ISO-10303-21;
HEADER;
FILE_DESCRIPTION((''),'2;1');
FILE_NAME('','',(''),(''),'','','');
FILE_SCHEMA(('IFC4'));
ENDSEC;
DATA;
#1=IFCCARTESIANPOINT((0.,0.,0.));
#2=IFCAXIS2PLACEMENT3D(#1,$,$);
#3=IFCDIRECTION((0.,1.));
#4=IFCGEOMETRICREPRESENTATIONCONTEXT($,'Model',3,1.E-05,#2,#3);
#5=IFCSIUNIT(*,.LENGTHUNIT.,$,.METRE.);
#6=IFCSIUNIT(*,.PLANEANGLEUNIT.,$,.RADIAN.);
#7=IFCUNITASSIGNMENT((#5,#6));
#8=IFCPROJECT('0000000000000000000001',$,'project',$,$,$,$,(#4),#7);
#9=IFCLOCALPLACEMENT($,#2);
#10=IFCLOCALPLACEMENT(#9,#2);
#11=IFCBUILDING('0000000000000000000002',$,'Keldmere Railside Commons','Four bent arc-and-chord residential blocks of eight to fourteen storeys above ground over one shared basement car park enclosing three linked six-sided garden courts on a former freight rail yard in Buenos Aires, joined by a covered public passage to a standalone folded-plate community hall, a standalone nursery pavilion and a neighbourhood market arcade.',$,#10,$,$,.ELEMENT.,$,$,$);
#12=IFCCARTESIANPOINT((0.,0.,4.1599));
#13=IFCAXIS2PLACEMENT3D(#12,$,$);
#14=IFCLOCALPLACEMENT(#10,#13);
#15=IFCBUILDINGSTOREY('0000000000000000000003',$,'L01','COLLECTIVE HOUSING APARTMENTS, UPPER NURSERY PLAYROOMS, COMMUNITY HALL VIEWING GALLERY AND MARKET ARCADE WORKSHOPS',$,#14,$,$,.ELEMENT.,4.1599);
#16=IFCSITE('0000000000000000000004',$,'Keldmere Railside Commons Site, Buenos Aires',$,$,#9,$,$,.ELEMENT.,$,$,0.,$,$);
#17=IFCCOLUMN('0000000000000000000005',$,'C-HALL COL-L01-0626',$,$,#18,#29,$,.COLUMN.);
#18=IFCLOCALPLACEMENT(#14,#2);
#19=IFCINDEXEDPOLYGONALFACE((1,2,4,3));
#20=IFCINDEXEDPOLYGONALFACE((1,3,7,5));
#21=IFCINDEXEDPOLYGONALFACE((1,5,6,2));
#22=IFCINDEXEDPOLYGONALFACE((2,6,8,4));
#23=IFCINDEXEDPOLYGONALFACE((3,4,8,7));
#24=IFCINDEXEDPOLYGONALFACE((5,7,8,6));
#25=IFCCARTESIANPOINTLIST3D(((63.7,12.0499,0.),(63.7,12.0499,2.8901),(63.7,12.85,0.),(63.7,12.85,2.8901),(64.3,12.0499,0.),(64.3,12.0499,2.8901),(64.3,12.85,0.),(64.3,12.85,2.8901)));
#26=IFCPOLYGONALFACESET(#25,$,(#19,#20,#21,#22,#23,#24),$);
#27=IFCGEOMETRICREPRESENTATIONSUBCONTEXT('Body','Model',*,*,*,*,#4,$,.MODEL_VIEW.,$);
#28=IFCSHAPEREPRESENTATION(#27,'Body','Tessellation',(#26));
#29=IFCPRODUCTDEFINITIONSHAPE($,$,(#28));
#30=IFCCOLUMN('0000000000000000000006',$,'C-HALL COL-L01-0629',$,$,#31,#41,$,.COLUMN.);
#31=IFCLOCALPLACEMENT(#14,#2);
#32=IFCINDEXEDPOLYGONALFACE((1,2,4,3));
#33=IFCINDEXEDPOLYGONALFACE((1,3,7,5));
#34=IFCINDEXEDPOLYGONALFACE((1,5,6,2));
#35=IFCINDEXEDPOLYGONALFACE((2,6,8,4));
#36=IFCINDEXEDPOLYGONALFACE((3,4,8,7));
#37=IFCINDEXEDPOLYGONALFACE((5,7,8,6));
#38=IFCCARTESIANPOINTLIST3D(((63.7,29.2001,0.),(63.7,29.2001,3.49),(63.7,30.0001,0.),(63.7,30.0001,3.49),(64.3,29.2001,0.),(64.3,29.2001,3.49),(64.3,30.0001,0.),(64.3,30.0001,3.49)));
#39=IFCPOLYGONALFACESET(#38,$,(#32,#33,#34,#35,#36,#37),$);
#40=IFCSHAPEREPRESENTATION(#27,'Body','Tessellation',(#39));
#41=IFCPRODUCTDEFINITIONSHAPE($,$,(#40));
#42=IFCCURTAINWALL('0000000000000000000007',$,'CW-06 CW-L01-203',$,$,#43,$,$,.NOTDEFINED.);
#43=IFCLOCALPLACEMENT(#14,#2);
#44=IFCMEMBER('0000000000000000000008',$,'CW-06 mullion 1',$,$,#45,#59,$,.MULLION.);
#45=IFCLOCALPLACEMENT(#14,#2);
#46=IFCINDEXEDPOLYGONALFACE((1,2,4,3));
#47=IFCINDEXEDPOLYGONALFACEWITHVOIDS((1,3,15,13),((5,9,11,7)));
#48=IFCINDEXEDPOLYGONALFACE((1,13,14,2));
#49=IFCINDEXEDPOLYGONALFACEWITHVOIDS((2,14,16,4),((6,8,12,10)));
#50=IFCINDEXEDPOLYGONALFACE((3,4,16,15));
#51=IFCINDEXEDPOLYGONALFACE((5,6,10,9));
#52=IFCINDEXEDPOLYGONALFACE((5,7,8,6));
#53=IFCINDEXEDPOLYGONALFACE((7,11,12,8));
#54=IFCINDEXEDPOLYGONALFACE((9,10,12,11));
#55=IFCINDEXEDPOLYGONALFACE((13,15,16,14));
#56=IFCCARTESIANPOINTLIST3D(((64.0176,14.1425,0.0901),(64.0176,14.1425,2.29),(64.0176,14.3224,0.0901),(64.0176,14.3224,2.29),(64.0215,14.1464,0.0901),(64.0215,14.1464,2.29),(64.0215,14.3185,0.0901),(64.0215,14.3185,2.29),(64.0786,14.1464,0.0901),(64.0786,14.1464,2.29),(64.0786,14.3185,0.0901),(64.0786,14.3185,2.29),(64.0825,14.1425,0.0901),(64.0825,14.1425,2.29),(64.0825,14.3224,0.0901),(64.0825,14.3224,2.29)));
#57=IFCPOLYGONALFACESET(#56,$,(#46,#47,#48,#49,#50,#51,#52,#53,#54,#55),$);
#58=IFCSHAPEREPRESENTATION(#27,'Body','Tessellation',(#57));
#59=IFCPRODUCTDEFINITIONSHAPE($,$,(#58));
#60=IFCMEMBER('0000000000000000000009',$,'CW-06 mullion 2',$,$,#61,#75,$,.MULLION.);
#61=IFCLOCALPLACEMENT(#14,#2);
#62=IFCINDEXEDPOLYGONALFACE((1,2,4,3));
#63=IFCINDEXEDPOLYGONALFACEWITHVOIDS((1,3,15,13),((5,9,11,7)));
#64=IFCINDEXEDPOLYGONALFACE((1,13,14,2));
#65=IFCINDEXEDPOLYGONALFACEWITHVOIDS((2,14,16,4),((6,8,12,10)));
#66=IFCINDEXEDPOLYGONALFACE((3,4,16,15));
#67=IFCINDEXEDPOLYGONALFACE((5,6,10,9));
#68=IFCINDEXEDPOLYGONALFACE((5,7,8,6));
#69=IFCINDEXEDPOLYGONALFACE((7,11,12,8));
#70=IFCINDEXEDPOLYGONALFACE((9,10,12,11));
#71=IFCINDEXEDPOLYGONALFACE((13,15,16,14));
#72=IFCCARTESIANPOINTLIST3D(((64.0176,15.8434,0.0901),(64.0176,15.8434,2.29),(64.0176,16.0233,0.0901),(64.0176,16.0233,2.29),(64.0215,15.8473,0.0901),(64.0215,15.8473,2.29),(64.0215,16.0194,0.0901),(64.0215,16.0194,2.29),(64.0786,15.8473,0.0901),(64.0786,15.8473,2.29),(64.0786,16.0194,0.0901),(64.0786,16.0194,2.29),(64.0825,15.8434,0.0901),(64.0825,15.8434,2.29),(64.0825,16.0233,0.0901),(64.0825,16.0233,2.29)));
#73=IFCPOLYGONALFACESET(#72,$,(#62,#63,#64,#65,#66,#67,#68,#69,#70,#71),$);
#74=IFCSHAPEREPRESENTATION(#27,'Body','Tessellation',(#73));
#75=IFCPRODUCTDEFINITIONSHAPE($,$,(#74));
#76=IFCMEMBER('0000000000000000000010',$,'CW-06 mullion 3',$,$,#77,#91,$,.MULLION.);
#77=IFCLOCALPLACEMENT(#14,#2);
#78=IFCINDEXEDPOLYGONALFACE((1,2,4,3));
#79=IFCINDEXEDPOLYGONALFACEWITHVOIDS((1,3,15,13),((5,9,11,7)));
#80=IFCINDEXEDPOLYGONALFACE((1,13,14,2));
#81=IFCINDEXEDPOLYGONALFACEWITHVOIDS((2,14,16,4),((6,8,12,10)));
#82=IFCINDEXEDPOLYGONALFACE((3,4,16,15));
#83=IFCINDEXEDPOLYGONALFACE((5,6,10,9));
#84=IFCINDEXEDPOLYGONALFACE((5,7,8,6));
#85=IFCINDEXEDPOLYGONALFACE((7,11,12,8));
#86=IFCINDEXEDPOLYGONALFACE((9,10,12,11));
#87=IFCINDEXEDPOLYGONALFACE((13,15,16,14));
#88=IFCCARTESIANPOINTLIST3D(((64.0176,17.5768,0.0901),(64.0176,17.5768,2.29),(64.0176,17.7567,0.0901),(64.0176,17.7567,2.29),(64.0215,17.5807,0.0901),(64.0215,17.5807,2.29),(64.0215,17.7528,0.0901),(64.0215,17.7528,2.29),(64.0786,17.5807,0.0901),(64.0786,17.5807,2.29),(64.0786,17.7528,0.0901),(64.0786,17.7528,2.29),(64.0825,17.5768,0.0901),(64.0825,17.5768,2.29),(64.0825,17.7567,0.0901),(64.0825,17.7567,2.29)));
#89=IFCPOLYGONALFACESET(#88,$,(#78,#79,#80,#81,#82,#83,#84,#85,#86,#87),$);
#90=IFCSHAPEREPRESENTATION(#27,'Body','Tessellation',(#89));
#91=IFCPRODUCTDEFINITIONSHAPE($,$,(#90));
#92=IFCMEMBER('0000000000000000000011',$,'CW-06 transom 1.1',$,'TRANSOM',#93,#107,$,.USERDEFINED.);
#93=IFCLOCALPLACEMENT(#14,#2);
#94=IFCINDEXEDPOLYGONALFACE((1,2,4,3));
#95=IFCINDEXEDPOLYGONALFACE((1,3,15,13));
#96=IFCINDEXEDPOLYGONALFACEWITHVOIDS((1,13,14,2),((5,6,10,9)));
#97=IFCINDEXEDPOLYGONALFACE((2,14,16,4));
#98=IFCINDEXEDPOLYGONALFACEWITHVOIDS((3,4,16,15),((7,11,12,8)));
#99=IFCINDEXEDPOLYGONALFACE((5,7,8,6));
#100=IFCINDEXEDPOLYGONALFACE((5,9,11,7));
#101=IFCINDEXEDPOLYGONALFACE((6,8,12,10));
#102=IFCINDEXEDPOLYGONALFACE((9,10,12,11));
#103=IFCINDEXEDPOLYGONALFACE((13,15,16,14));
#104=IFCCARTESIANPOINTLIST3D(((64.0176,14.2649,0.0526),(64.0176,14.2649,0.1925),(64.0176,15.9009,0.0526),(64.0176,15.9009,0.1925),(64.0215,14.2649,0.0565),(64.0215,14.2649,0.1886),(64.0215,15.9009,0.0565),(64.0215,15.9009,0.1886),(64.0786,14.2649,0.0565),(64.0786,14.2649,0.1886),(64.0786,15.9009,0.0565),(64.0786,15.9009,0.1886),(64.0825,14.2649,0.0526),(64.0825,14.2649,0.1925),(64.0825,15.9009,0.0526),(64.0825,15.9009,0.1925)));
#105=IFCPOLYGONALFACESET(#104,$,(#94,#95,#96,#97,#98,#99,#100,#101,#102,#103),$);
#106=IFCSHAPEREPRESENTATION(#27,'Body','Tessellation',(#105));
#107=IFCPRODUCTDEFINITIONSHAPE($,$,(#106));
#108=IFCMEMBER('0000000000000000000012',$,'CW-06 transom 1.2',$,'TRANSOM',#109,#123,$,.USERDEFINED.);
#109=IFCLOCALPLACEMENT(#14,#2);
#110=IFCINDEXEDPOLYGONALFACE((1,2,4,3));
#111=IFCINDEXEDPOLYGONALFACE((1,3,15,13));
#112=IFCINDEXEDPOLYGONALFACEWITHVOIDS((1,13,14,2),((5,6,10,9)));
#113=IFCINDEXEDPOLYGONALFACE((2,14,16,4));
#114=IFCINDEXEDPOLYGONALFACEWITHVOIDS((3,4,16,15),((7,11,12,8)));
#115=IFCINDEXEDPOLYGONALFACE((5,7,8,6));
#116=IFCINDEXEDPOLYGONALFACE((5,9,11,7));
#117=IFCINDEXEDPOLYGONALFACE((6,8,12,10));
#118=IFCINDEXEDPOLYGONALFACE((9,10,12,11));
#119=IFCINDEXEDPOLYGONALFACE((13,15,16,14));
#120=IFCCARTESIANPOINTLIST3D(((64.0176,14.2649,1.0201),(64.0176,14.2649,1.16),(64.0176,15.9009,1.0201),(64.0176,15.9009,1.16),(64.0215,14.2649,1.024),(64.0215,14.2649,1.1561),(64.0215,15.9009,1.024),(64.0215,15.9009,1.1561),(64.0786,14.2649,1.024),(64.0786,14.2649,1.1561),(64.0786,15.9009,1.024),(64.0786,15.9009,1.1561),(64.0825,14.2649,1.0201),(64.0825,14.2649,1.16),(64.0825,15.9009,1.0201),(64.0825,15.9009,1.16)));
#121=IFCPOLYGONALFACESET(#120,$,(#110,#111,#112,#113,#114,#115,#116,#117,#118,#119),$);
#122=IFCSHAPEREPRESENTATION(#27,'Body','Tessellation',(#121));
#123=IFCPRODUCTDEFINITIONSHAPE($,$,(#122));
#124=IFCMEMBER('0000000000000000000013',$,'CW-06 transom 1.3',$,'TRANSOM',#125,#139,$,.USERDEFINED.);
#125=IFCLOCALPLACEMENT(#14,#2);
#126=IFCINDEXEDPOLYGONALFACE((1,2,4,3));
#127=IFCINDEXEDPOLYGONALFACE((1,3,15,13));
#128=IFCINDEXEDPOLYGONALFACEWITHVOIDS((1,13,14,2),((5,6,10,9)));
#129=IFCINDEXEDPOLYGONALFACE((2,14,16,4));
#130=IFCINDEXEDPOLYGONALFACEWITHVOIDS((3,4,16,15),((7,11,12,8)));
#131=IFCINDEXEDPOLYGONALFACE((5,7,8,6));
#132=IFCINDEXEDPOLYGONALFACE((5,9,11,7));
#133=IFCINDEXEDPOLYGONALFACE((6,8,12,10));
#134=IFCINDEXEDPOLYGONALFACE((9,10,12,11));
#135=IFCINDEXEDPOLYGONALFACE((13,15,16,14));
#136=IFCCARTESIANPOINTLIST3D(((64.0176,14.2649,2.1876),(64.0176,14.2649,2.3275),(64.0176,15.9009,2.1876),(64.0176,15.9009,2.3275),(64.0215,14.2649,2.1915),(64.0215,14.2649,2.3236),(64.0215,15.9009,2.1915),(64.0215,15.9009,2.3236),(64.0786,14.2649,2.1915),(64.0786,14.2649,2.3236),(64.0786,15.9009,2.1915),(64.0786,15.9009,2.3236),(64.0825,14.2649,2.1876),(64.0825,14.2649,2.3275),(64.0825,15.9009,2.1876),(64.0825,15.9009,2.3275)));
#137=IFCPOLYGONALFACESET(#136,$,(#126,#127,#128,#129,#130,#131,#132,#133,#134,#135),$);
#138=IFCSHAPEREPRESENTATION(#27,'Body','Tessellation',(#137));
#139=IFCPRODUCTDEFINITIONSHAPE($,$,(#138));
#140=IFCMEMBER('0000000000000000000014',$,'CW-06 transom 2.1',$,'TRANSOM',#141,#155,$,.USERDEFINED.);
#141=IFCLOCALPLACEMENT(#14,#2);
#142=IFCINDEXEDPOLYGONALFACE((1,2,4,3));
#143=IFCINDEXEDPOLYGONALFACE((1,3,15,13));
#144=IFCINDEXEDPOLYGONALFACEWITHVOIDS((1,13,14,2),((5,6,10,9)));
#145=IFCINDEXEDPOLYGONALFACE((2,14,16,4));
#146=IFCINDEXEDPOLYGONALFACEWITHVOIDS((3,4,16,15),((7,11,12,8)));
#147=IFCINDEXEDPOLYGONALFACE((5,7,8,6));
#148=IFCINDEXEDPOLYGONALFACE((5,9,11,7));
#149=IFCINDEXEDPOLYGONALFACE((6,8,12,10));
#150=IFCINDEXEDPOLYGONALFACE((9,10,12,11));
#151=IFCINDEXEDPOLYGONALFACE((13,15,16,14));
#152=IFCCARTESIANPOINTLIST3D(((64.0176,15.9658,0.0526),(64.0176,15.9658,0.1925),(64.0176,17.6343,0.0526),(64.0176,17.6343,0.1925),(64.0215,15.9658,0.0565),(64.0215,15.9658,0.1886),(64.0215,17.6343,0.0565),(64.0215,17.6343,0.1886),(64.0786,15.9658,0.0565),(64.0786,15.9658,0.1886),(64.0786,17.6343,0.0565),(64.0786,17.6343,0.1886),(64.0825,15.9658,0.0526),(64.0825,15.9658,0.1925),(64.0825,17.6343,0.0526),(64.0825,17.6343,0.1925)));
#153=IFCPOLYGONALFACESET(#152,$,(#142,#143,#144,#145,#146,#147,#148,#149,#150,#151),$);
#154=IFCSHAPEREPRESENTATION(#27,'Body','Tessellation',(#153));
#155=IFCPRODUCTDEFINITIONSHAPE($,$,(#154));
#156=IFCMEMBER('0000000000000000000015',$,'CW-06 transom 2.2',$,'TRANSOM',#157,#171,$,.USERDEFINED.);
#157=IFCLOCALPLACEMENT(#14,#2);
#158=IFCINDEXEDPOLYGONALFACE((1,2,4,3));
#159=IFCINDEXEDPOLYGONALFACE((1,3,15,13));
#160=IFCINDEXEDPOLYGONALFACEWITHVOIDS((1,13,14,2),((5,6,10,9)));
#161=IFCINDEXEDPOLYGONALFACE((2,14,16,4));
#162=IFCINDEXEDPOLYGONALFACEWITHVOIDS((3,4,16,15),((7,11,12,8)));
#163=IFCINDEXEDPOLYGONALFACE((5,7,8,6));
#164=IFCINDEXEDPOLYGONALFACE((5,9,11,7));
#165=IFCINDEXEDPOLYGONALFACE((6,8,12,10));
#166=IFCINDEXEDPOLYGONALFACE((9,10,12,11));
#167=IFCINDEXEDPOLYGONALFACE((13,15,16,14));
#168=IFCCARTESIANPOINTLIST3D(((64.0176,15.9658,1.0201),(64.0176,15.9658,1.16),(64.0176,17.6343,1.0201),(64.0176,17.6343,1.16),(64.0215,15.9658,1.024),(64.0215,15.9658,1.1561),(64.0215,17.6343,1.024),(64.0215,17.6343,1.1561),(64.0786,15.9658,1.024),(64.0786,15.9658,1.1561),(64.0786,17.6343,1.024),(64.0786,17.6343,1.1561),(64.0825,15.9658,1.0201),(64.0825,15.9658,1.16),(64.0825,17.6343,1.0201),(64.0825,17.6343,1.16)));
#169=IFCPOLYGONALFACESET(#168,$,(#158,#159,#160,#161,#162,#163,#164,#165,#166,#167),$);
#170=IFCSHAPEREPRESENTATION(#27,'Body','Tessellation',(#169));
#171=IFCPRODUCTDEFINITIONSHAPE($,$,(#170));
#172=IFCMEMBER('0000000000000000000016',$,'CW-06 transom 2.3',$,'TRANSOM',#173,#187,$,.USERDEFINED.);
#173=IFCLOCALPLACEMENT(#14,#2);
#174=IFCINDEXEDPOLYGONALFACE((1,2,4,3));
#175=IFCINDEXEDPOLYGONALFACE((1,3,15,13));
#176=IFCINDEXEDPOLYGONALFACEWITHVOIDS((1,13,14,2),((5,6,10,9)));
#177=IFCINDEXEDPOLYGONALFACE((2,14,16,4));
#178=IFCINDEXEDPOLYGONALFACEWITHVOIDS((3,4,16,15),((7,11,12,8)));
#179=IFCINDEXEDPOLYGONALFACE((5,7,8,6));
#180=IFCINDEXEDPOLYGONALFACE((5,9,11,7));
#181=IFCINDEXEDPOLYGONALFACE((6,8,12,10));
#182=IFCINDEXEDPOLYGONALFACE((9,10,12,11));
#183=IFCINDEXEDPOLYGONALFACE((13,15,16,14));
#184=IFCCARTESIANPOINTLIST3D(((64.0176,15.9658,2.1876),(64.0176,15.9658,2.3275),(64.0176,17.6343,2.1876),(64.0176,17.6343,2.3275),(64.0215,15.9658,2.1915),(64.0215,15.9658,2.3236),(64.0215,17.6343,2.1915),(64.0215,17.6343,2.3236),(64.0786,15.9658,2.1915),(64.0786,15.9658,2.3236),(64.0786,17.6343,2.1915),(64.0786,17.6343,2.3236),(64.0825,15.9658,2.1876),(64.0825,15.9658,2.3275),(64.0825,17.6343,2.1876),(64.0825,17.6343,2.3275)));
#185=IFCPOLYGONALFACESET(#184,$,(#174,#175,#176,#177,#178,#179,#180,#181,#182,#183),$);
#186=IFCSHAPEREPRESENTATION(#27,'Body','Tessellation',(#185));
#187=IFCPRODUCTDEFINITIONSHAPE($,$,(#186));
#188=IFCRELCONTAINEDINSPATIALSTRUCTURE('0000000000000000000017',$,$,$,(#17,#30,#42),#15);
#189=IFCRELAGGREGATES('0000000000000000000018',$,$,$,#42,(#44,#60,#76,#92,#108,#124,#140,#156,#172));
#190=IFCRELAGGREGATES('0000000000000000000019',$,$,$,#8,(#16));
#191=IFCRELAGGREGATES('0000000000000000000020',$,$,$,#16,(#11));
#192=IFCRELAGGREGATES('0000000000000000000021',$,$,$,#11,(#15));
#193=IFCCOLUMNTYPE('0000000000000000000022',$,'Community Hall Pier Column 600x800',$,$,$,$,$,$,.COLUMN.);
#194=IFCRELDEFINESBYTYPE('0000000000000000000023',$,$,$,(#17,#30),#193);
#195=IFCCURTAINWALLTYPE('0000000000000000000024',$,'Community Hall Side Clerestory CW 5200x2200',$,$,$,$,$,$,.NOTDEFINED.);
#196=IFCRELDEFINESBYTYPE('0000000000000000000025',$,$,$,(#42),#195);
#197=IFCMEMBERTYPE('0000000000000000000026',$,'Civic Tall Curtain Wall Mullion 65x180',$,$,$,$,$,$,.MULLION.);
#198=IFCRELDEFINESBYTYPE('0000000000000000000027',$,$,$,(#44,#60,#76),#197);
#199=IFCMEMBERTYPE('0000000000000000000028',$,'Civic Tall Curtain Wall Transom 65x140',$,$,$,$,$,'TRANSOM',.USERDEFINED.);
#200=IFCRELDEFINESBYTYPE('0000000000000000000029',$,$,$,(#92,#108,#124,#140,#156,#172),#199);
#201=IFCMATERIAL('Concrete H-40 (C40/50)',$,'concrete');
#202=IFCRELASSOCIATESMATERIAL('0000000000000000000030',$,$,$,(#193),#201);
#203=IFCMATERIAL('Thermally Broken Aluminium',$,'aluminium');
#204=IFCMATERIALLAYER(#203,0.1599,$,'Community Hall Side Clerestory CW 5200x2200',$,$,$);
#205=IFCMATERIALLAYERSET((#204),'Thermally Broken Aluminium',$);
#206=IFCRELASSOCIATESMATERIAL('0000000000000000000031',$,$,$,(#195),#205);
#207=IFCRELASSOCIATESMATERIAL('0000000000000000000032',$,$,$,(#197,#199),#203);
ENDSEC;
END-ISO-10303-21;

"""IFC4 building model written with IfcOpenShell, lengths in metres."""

from ifc_helpers import new_model, si_unit, direction, frame, origin, origin_2d, place, context, subcontext, project, spatial, rectangle, hollow_rectangle, extrude, material, layer, layer_set, material_profile, profile_set, type_object, element, aggregate, save


model = new_model("IFC4")

# Units and contexts
model_context = context("Model", 3, precision=1e-05, world=origin(), true_north=direction((0.0, 1.0)))
body_context = subcontext(model_context, "Body", "Model", "MODEL_VIEW")
ifc_project = project(units=[si_unit("LENGTHUNIT", "METRE"), si_unit("PLANEANGLEUNIT", "RADIAN")], contexts=[model_context])

# Site, building, storey
site_placement = place(None, origin())
site = spatial("IfcSite", under=ifc_project, at=site_placement, Name="Keldmere Railside Commons Site, Buenos Aires", CompositionType="ELEMENT", RefElevation=0.0)
building_placement = place(site_placement, origin())
building = spatial("IfcBuilding", under=site, at=building_placement, Name="Keldmere Railside Commons", Description="Four bent arc-and-chord residential blocks of eight to fourteen storeys above ground over one shared basement car park enclosing three linked six-sided garden courts on a former freight rail yard in Buenos Aires, joined by a covered public passage to a standalone folded-plate community hall, a standalone nursery pavilion and a neighbourhood market arcade.", CompositionType="ELEMENT")
storey_placement = place(building_placement, frame((0.0, 0.0, 4.1599)))
storey = spatial("IfcBuildingStorey", under=building, at=storey_placement, Name="L01", Description="COLLECTIVE HOUSING APARTMENTS, UPPER NURSERY PLAYROOMS, COMMUNITY HALL VIEWING GALLERY AND MARKET ARCADE WORKSHOPS", CompositionType="ELEMENT", Elevation=4.1599)

# Columns
ifc_material_1 = material(Name="Concrete H-40 (C40/50)", Category="concrete")
ifc_material_profile_1 = material_profile(ifc_material_1, rectangle(XDim=0.6001, YDim=0.8, at=origin_2d()), Name="RC-600x800")
ifc_profile_set_1 = profile_set([ifc_material_profile_1], Name="Concrete H-40 (C40/50)")
column_type = type_object("IfcColumnType", Name="Community Hall Pier Column 600x800", PredefinedType="COLUMN", material=ifc_profile_set_1)
column_1_placement = place(storey_placement, frame((64.0, 12.45, 0.0), z_axis=(0.0, 0.0, 1.0), x_axis=(1.0, 0.0, 0.0)))
element("IfcColumn", 1, at=column_1_placement, inside=storey, type_object=column_type, Name="C-HALL COL-L01-0626", PredefinedType="COLUMN", context=body_context, shape_type="SweptSolid", body=[
    extrude(rectangle(XDim=0.6001, YDim=0.8, at=origin_2d()), origin(), (0.0, 0.0, 1.0), 2.8901),
])
column_2_placement = place(storey_placement, frame((64.0, 29.6001, 0.0), z_axis=(0.0, 0.0, 1.0), x_axis=(1.0, 0.0, 0.0)))
element("IfcColumn", 2, at=column_2_placement, inside=storey, type_object=column_type, Name="C-HALL COL-L01-0629", PredefinedType="COLUMN", context=body_context, shape_type="SweptSolid", body=[
    extrude(rectangle(XDim=0.6001, YDim=0.8, at=origin_2d()), origin(), (0.0, 0.0, 1.0), 3.49),
])

# Curtain wall, members
ifc_material_2 = material(Name="Thermally Broken Aluminium", Category="aluminium")
ifc_layer_1 = layer(ifc_material_2, 0.1599, Name="Community Hall Side Clerestory CW 5200x2200")
ifc_layer_set_1 = layer_set([ifc_layer_1], Name="Thermally Broken Aluminium")
curtain_wall_type = type_object("IfcCurtainWallType", Name="Community Hall Side Clerestory CW 5200x2200", PredefinedType="NOTDEFINED", material=ifc_layer_set_1)
curtain_wall_placement = place(storey_placement, origin())
curtain_wall = element("IfcCurtainWall", 3, at=curtain_wall_placement, inside=storey, type_object=curtain_wall_type, Name="CW-06 CW-L01-203", PredefinedType="NOTDEFINED")
ifc_material_profile_2 = material_profile(ifc_material_2, hollow_rectangle(XDim=0.0649, YDim=0.1799, WallThickness=0.0039, at=origin_2d()), Name="ALU-MULL-65x180")
ifc_profile_set_2 = profile_set([ifc_material_profile_2], Name="Thermally Broken Aluminium")
member_type_1 = type_object("IfcMemberType", Name="Civic Tall Curtain Wall Mullion 65x180", PredefinedType="MULLION", material=ifc_profile_set_2)
member_1_placement = place(storey_placement, frame((64.05, 14.2324, 0.0901), z_axis=(0.0, 0.0, 1.0), x_axis=(-1.0, 0.0, 0.0)))
member_1 = element("IfcMember", 4, at=member_1_placement, type_object=member_type_1, Name="CW-06 mullion 1", PredefinedType="MULLION", context=body_context, shape_type="SweptSolid", body=[
    extrude(hollow_rectangle(XDim=0.0649, YDim=0.1799, WallThickness=0.0039, at=origin_2d()), origin(), (0.0, 0.0, 1.0), 2.2),
])
member_2_placement = place(storey_placement, frame((64.05, 15.9333, 0.0901), z_axis=(0.0, 0.0, 1.0), x_axis=(-1.0, 0.0, 0.0)))
member_2 = element("IfcMember", 5, at=member_2_placement, type_object=member_type_1, Name="CW-06 mullion 2", PredefinedType="MULLION", context=body_context, shape_type="SweptSolid", body=[
    extrude(hollow_rectangle(XDim=0.0649, YDim=0.1799, WallThickness=0.0039, at=origin_2d()), origin(), (0.0, 0.0, 1.0), 2.2),
])
member_3_placement = place(storey_placement, frame((64.05, 17.6667, 0.0901), z_axis=(0.0, 0.0, 1.0), x_axis=(-1.0, 0.0, 0.0)))
member_3 = element("IfcMember", 6, at=member_3_placement, type_object=member_type_1, Name="CW-06 mullion 3", PredefinedType="MULLION", context=body_context, shape_type="SweptSolid", body=[
    extrude(hollow_rectangle(XDim=0.0649, YDim=0.1799, WallThickness=0.0039, at=origin_2d()), origin(), (0.0, 0.0, 1.0), 2.2),
])
ifc_material_profile_3 = material_profile(ifc_material_2, hollow_rectangle(XDim=0.0649, YDim=0.1399, WallThickness=0.0039, at=origin_2d()), Name="ALU-TRAN-65x140")
ifc_profile_set_3 = profile_set([ifc_material_profile_3], Name="Thermally Broken Aluminium")
member_type_2 = type_object("IfcMemberType", Name="Civic Tall Curtain Wall Transom 65x140", ElementType="TRANSOM", PredefinedType="USERDEFINED", material=ifc_profile_set_3)
member_4_placement = place(storey_placement, frame((64.05, 14.2649, 0.1226), z_axis=(0.0, 1.0, 0.0), x_axis=(-1.0, 0.0, 0.0)))
member_4 = element("IfcMember", 7, at=member_4_placement, type_object=member_type_2, Name="CW-06 transom 1.1", ObjectType="TRANSOM", PredefinedType="USERDEFINED", context=body_context, shape_type="SweptSolid", body=[
    extrude(hollow_rectangle(XDim=0.0649, YDim=0.1399, WallThickness=0.0039, at=origin_2d()), origin(), (0.0, 0.0, 1.0), 1.636),
])
member_5_placement = place(storey_placement, frame((64.05, 14.2649, 1.0901), z_axis=(0.0, 1.0, 0.0), x_axis=(-1.0, 0.0, 0.0)))
member_5 = element("IfcMember", 8, at=member_5_placement, type_object=member_type_2, Name="CW-06 transom 1.2", ObjectType="TRANSOM", PredefinedType="USERDEFINED", context=body_context, shape_type="SweptSolid", body=[
    extrude(hollow_rectangle(XDim=0.0649, YDim=0.1399, WallThickness=0.0039, at=origin_2d()), origin(), (0.0, 0.0, 1.0), 1.636),
])
member_6_placement = place(storey_placement, frame((64.05, 14.2649, 2.2576), z_axis=(0.0, 1.0, 0.0), x_axis=(-1.0, 0.0, 0.0)))
member_6 = element("IfcMember", 9, at=member_6_placement, type_object=member_type_2, Name="CW-06 transom 1.3", ObjectType="TRANSOM", PredefinedType="USERDEFINED", context=body_context, shape_type="SweptSolid", body=[
    extrude(hollow_rectangle(XDim=0.0649, YDim=0.1399, WallThickness=0.0039, at=origin_2d()), origin(), (0.0, 0.0, 1.0), 1.636),
])
member_7_placement = place(storey_placement, frame((64.05, 15.9658, 0.1226), z_axis=(0.0, 1.0, 0.0), x_axis=(-1.0, 0.0, 0.0)))
member_7 = element("IfcMember", 10, at=member_7_placement, type_object=member_type_2, Name="CW-06 transom 2.1", ObjectType="TRANSOM", PredefinedType="USERDEFINED", context=body_context, shape_type="SweptSolid", body=[
    extrude(hollow_rectangle(XDim=0.0649, YDim=0.1399, WallThickness=0.0039, at=origin_2d()), origin(), (0.0, 0.0, 1.0), 1.6685),
])
member_8_placement = place(storey_placement, frame((64.05, 15.9658, 1.0901), z_axis=(0.0, 1.0, 0.0), x_axis=(-1.0, 0.0, 0.0)))
member_8 = element("IfcMember", 11, at=member_8_placement, type_object=member_type_2, Name="CW-06 transom 2.2", ObjectType="TRANSOM", PredefinedType="USERDEFINED", context=body_context, shape_type="SweptSolid", body=[
    extrude(hollow_rectangle(XDim=0.0649, YDim=0.1399, WallThickness=0.0039, at=origin_2d()), origin(), (0.0, 0.0, 1.0), 1.6685),
])
member_9_placement = place(storey_placement, frame((64.05, 15.9658, 2.2576), z_axis=(0.0, 1.0, 0.0), x_axis=(-1.0, 0.0, 0.0)))
member_9 = element("IfcMember", 12, at=member_9_placement, type_object=member_type_2, Name="CW-06 transom 2.3", ObjectType="TRANSOM", PredefinedType="USERDEFINED", context=body_context, shape_type="SweptSolid", body=[
    extrude(hollow_rectangle(XDim=0.0649, YDim=0.1399, WallThickness=0.0039, at=origin_2d()), origin(), (0.0, 0.0, 1.0), 1.6685),
])

aggregate(curtain_wall, [member_1, member_2, member_3, member_4, member_5, member_6, member_7, member_8, member_9])

save(model, "model.ifc")
